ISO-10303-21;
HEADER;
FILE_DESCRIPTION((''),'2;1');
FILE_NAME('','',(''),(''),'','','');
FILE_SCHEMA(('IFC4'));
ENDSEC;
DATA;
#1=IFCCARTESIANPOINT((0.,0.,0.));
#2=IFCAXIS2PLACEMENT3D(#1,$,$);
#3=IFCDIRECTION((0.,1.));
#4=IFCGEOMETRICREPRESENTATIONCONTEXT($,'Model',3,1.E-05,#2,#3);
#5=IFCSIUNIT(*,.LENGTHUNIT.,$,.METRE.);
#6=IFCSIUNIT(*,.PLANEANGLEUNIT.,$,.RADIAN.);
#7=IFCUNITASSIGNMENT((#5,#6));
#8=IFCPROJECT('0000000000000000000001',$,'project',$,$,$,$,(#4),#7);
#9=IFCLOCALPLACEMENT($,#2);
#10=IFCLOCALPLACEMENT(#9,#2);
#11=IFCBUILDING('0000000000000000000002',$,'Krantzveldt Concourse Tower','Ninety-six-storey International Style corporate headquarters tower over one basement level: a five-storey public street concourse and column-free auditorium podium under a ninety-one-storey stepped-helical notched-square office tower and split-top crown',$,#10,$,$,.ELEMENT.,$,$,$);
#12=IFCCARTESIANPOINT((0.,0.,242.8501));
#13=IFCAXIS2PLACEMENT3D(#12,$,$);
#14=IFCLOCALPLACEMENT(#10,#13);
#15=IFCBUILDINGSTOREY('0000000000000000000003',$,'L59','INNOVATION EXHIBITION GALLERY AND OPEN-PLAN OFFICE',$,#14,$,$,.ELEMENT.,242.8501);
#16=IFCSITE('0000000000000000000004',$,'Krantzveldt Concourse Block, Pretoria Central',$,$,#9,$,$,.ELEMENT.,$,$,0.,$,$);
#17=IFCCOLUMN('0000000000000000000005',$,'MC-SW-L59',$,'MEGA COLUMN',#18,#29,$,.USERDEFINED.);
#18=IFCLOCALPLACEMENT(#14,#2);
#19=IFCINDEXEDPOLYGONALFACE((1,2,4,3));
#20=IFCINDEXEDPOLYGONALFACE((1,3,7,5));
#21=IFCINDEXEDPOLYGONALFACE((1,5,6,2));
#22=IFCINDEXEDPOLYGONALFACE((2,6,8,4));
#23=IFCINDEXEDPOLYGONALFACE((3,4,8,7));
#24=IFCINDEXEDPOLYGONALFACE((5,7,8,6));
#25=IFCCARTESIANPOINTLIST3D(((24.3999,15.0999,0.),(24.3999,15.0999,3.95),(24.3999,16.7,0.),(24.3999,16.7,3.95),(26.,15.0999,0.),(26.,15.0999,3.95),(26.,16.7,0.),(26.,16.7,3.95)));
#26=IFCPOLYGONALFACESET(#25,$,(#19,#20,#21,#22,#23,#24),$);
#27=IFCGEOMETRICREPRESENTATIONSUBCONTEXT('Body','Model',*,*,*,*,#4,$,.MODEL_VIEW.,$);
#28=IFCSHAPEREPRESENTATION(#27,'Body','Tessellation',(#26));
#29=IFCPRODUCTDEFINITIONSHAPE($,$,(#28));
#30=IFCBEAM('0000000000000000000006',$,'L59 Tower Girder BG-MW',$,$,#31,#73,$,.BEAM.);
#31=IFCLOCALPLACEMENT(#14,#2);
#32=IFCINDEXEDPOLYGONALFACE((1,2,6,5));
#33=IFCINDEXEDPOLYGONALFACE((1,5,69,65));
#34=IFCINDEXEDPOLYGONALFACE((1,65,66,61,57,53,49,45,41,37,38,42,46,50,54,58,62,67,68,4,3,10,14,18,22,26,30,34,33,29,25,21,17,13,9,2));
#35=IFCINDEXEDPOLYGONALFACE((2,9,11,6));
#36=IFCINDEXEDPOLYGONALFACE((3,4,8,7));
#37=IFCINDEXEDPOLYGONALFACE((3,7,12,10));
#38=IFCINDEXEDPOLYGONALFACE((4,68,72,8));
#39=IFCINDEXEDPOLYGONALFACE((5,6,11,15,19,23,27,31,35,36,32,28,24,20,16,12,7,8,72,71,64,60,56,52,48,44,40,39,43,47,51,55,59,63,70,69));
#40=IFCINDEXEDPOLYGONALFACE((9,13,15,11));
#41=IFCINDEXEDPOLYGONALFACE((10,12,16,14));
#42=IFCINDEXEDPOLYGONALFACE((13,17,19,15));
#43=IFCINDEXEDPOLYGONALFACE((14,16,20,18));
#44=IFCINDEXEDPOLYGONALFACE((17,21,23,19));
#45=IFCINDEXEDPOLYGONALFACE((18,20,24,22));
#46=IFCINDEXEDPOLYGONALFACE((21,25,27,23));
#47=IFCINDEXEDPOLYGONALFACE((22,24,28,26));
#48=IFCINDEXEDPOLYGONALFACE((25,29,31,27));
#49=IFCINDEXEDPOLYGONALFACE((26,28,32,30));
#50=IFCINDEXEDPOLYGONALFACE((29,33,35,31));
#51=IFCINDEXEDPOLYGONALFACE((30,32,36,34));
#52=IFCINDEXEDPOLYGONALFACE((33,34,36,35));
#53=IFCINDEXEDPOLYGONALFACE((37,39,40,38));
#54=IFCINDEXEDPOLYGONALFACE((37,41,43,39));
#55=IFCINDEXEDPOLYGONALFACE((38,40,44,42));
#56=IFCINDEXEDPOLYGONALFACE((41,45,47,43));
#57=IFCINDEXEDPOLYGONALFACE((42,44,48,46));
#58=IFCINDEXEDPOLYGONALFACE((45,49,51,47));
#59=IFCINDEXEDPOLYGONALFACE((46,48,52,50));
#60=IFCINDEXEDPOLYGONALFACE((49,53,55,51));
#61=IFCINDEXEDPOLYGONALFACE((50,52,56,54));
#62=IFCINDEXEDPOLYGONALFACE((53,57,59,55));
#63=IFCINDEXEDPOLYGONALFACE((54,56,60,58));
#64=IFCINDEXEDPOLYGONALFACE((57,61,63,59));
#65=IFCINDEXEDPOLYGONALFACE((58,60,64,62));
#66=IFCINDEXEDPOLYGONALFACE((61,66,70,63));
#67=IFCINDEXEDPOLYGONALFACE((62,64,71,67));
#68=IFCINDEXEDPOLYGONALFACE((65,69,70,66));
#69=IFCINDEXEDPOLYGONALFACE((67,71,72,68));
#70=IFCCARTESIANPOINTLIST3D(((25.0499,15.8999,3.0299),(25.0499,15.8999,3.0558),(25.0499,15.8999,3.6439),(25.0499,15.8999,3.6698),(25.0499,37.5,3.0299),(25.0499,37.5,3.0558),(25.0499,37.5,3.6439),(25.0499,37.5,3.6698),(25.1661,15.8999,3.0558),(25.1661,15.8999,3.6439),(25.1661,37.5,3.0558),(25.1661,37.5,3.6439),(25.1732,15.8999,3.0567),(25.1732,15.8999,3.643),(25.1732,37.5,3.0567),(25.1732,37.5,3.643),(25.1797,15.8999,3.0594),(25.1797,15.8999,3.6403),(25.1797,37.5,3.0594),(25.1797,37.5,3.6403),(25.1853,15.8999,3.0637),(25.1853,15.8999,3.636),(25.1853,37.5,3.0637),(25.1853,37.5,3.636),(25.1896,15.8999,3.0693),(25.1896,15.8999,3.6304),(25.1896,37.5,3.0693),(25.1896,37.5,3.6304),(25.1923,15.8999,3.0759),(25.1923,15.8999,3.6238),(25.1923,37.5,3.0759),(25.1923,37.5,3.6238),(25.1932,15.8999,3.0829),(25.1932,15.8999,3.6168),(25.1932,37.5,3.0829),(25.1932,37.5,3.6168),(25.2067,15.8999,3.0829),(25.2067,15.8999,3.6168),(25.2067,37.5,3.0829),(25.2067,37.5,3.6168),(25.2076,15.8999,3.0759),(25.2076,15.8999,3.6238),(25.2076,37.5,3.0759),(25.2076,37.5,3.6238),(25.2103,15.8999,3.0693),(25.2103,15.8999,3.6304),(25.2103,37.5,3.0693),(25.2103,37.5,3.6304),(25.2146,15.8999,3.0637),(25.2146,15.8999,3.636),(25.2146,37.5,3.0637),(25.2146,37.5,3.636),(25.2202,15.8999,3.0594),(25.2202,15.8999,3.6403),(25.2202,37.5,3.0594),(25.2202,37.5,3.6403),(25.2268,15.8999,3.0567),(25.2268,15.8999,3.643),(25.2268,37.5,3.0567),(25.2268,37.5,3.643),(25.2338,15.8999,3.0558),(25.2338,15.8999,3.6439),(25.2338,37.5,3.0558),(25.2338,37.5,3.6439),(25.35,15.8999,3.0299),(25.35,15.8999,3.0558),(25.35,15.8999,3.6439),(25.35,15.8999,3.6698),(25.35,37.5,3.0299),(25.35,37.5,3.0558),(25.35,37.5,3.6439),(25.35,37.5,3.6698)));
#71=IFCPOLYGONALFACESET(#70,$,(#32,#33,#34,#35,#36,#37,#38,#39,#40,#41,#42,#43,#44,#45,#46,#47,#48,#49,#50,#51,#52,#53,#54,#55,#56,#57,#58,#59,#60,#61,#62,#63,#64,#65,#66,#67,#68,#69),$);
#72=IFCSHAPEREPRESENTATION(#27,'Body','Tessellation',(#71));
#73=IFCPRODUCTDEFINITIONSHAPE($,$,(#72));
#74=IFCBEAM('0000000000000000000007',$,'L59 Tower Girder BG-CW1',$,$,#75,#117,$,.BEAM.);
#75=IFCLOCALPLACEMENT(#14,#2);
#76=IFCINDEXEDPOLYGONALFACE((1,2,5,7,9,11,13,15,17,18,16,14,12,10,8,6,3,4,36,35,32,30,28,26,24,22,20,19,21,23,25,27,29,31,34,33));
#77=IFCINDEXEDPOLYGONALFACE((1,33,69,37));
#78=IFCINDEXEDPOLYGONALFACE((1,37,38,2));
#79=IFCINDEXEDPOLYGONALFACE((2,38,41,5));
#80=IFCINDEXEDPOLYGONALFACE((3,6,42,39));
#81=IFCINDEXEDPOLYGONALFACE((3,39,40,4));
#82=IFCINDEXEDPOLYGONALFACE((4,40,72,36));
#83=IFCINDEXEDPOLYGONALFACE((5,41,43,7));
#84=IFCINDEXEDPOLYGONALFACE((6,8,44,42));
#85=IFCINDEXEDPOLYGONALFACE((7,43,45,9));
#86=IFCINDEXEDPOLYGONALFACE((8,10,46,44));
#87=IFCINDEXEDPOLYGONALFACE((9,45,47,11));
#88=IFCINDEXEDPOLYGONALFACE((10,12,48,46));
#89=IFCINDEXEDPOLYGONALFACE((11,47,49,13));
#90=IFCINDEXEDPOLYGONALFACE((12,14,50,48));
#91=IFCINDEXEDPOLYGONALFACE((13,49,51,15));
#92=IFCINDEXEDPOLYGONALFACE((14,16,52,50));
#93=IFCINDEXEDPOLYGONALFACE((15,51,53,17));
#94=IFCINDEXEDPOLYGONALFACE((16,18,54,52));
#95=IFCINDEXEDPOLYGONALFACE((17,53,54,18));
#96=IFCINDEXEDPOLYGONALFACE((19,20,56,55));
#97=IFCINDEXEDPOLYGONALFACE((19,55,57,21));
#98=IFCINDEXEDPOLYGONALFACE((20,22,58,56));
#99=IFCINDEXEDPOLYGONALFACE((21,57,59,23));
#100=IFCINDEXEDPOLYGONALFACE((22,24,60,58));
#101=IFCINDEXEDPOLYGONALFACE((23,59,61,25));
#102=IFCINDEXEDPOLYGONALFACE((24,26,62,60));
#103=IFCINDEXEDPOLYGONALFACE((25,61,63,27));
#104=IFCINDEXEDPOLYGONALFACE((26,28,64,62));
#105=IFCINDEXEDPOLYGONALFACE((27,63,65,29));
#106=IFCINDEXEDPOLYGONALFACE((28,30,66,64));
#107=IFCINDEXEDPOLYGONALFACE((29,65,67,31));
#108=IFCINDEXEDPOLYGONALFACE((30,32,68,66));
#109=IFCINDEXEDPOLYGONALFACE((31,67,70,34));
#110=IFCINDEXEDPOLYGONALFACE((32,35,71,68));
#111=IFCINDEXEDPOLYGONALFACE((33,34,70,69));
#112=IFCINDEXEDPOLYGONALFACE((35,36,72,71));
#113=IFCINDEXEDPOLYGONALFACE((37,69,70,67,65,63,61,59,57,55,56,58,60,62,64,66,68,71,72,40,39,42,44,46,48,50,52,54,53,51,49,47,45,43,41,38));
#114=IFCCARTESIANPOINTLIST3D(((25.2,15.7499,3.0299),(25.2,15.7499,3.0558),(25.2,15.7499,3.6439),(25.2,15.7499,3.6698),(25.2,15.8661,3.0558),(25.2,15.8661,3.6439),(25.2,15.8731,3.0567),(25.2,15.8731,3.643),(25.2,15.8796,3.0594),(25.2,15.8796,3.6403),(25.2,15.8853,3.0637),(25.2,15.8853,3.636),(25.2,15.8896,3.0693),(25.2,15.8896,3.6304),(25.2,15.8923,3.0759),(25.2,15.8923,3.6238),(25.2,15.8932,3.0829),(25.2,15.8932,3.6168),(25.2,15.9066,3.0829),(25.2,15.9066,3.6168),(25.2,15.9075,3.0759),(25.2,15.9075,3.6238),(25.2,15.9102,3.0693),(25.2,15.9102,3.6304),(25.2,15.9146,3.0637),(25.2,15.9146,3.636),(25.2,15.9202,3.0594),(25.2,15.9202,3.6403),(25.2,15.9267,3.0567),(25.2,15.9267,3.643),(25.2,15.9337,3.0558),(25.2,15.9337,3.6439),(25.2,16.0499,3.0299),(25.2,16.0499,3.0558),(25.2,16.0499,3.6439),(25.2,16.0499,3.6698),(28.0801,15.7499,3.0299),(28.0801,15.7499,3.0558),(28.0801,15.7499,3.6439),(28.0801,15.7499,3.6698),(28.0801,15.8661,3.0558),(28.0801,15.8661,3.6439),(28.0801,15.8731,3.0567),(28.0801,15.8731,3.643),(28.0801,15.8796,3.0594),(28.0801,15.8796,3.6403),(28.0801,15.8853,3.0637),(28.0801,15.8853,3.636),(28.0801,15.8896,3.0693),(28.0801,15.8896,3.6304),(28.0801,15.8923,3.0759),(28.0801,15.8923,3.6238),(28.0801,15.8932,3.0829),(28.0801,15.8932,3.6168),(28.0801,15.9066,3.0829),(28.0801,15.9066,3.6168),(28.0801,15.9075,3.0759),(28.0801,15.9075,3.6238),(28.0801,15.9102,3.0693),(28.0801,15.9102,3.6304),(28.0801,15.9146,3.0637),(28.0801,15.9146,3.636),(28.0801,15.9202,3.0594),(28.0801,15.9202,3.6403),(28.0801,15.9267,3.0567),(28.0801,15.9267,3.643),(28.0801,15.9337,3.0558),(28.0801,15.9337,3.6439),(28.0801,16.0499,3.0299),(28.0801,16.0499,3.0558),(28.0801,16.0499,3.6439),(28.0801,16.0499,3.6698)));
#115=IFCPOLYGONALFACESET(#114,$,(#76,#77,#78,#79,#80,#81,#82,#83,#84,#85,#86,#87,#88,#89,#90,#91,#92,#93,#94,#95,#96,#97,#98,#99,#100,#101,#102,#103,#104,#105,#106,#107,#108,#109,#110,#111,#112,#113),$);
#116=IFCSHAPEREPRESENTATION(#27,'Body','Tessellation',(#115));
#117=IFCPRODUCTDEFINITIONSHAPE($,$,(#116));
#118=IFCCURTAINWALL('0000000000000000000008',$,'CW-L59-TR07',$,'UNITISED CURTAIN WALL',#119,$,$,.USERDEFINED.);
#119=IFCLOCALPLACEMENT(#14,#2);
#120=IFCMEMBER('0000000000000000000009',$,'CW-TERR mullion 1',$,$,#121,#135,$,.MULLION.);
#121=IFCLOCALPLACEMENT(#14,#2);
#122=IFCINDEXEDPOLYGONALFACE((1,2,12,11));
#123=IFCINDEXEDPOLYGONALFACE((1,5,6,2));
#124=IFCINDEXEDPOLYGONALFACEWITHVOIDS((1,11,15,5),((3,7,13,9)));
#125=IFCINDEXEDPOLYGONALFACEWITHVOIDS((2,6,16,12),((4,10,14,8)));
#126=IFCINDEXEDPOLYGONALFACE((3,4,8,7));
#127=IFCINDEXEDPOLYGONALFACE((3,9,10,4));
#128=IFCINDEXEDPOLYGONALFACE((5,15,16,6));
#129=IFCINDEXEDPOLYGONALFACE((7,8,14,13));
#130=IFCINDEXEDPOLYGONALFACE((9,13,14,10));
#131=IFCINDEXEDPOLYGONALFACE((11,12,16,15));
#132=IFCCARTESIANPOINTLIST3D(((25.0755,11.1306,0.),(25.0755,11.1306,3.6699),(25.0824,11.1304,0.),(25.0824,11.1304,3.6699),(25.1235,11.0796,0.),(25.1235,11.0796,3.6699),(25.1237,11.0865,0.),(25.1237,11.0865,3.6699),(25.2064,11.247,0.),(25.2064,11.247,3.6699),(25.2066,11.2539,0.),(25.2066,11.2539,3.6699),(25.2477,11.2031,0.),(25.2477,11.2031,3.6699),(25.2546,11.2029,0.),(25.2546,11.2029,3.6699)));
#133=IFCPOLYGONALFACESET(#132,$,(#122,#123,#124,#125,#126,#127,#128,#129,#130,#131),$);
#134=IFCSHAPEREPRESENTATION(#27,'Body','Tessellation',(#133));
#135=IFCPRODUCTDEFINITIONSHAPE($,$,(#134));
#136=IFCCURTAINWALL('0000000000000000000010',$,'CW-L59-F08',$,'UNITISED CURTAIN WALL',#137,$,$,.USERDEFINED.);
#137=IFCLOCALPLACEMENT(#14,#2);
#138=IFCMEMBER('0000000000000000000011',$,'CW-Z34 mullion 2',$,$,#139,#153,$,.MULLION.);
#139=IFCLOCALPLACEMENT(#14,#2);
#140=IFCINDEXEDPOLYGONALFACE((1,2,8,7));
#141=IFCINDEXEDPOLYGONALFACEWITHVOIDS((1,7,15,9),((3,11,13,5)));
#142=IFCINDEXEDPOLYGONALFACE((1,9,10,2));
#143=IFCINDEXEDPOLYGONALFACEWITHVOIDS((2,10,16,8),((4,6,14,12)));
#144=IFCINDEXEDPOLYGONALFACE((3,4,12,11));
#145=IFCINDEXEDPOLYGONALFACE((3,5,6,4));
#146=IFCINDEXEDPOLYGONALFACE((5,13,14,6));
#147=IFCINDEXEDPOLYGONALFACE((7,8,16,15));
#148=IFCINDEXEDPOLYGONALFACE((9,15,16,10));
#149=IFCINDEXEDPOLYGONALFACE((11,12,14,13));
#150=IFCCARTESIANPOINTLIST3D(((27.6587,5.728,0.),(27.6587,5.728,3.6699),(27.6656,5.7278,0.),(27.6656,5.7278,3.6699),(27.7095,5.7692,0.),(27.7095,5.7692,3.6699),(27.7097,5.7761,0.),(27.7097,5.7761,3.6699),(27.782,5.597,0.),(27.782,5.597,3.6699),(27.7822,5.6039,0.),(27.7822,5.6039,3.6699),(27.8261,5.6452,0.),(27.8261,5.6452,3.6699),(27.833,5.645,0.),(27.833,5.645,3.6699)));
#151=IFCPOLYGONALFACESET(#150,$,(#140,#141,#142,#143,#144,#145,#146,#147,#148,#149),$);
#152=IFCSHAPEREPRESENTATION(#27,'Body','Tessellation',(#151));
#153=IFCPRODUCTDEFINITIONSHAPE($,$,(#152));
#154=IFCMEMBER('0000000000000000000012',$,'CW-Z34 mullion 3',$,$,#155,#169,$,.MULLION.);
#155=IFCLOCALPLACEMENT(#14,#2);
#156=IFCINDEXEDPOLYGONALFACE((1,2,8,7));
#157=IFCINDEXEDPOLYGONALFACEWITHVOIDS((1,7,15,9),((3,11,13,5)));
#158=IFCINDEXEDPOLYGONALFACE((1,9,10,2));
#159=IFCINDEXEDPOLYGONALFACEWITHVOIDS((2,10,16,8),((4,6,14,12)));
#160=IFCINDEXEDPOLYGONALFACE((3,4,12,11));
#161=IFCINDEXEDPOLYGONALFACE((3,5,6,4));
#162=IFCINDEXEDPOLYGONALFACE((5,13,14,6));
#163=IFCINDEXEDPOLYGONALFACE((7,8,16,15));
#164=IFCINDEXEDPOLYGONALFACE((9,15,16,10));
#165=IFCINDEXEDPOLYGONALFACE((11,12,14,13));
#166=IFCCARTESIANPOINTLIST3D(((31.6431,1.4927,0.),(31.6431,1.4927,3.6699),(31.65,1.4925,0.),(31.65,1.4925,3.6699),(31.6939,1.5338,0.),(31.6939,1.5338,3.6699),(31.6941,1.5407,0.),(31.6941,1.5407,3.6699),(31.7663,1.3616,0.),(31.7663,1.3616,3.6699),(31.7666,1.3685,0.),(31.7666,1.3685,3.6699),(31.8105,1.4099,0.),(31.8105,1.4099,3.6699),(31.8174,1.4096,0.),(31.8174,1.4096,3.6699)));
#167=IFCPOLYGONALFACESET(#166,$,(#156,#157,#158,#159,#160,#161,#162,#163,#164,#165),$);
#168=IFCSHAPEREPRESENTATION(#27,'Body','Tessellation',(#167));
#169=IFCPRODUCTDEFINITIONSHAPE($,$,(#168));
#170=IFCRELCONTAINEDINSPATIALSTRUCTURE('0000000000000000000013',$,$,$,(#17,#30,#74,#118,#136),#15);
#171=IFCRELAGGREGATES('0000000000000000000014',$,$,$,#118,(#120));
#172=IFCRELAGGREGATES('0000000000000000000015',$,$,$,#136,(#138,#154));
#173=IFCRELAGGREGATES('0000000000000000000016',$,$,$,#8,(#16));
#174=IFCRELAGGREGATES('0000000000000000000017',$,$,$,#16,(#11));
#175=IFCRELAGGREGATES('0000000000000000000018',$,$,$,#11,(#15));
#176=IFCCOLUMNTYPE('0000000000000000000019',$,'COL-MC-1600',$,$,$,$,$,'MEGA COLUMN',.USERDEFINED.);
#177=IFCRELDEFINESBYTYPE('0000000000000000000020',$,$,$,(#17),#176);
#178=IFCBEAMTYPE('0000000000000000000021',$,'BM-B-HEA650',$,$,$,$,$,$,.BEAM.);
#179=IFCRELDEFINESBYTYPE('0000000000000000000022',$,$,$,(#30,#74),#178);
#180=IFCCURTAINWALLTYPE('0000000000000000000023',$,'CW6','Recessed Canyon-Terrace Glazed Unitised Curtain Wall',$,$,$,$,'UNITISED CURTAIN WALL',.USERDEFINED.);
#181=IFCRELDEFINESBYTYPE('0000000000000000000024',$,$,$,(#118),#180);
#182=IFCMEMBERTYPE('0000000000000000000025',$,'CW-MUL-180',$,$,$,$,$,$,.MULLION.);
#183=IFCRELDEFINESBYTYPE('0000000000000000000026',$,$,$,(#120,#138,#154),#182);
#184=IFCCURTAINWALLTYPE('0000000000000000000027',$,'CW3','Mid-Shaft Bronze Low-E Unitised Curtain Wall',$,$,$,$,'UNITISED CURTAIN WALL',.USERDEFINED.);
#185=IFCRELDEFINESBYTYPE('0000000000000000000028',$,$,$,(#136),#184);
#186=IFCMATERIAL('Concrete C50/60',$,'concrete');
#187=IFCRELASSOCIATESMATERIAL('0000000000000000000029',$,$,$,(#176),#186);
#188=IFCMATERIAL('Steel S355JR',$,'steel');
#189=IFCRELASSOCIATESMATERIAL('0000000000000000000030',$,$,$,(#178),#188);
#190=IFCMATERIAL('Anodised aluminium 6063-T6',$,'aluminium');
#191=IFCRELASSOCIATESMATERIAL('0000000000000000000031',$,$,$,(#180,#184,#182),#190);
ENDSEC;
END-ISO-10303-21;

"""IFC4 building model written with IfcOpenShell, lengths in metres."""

from ifc_helpers import new_model, si_unit, direction, frame, origin, origin_2d, place, context, subcontext, project, spatial, rectangle, hollow_rectangle, i_section, extrude, source, transform, mapped, material, material_profile, profile_set, type_object, type_shapes, element, aggregate, save


model = new_model("IFC4")

# Units and contexts
model_context = context("Model", 3, precision=1e-05, world=origin(), true_north=direction((0.0, 1.0)))
body_context = subcontext(model_context, "Body", "Model", "MODEL_VIEW")
ifc_project = project(units=[si_unit("LENGTHUNIT", "METRE"), si_unit("PLANEANGLEUNIT", "RADIAN")], contexts=[model_context])

# Site, building, storey
site_placement = place(None, origin())
site = spatial("IfcSite", under=ifc_project, at=site_placement, Name="Krantzveldt Concourse Block, Pretoria Central", CompositionType="ELEMENT", RefElevation=0.0)
building_placement = place(site_placement, origin())
building = spatial("IfcBuilding", under=site, at=building_placement, Name="Krantzveldt Concourse Tower", Description="Ninety-six-storey International Style corporate headquarters tower over one basement level: a five-storey public street concourse and column-free auditorium podium under a ninety-one-storey stepped-helical notched-square office tower and split-top crown", CompositionType="ELEMENT")
storey_placement = place(building_placement, frame((0.0, 0.0, 242.8501)))
storey = spatial("IfcBuildingStorey", under=building, at=storey_placement, Name="L59", Description="INNOVATION EXHIBITION GALLERY AND OPEN-PLAN OFFICE", CompositionType="ELEMENT", Elevation=242.8501)

# Column
ifc_material_1 = material(Name="Concrete C50/60", Category="concrete")
ifc_material_profile_1 = material_profile(ifc_material_1, rectangle(XDim=1.6001, YDim=1.6001, at=origin_2d()), Name="Concrete C50/60", Category="concrete")
ifc_profile_set_1 = profile_set([ifc_material_profile_1], Name="Concrete C50/60 - RC 1600x1600")
column_type = type_object("IfcColumnType", Name="COL-MC-1600", ElementType="MEGA COLUMN", PredefinedType="USERDEFINED", material=ifc_profile_set_1)
shared_shape_1 = source(origin(), body_context, "Body", "SweptSolid", [
    extrude(rectangle(XDim=1.6001, YDim=1.6001, at=origin_2d()), origin(), (0.0, 0.0, 1.0), 3.95),
])
type_shapes(column_type, [shared_shape_1])
column_placement = place(storey_placement, frame((25.2, 15.8999, 0.0), z_axis=(0.0, 0.0, 1.0), x_axis=(1.0, 0.0, 0.0)))
element("IfcColumn", 1, at=column_placement, inside=storey, type_object=column_type, Name="MC-SW-L59", ObjectType="MEGA COLUMN", PredefinedType="USERDEFINED", context=body_context, shape_type="MappedRepresentation", body=[
    mapped(shared_shape_1, transform((0.0, 0.0, 0.0), x_axis=(1.0, 0.0, 0.0), y_axis=(0.0, 1.0, 0.0), z_axis=(0.0, 0.0, 1.0), scale=1.0)),
])

# Beams
ifc_material_2 = material(Name="Steel S355JR", Category="steel")
ifc_material_profile_2 = material_profile(ifc_material_2, i_section(OverallWidth=0.3, OverallDepth=0.6399, WebThickness=0.0134, FlangeThickness=0.0259, FilletRadius=0.0271, at=origin_2d()), Name="Steel S355JR", Category="steel")
ifc_profile_set_2 = profile_set([ifc_material_profile_2], Name="Steel S355JR - HEA 650")
beam_type = type_object("IfcBeamType", Name="BM-B-HEA650", PredefinedType="BEAM", material=ifc_profile_set_2)
shared_shape_2 = source(origin(), body_context, "Body", "SweptSolid", [
    extrude(i_section(OverallWidth=0.3, OverallDepth=0.6399, WebThickness=0.0134, FlangeThickness=0.0259, FilletRadius=0.0271, at=origin_2d()), origin(), (0.0, 0.0, 1.0), 21.6001),
])
beam_1_placement = place(storey_placement, frame((25.2, 15.8999, 3.3499), z_axis=(0.0, 1.0, 0.0), x_axis=(-1.0, 0.0, 0.0)))
element("IfcBeam", 2, at=beam_1_placement, inside=storey, type_object=beam_type, Name="L59 Tower Girder BG-MW", PredefinedType="BEAM", context=body_context, shape_type="MappedRepresentation", body=[
    mapped(shared_shape_2, transform((0.0, 0.0, 0.0), x_axis=(1.0, 0.0, 0.0), y_axis=(0.0, 1.0, 0.0), z_axis=(0.0, 0.0, 1.0), scale=1.0)),
])
shared_shape_3 = source(origin(), body_context, "Body", "SweptSolid", [
    extrude(i_section(OverallWidth=0.3, OverallDepth=0.6399, WebThickness=0.0134, FlangeThickness=0.0259, FilletRadius=0.0271, at=origin_2d()), origin(), (0.0, 0.0, 1.0), 2.8801),
])
type_shapes(beam_type, [shared_shape_2, shared_shape_3])
beam_2_placement = place(storey_placement, frame((25.2, 15.8999, 3.3499), z_axis=(1.0, 0.0, 0.0), x_axis=(0.0, 1.0, 0.0)))
element("IfcBeam", 3, at=beam_2_placement, inside=storey, type_object=beam_type, Name="L59 Tower Girder BG-CW1", PredefinedType="BEAM", context=body_context, shape_type="MappedRepresentation", body=[
    mapped(shared_shape_3, transform((0.0, 0.0, 0.0), x_axis=(1.0, 0.0, 0.0), y_axis=(0.0, 1.0, 0.0), z_axis=(0.0, 0.0, 1.0), scale=1.0)),
])

# Curtain wall, member
ifc_material_3 = material(Name="Anodised aluminium 6063-T6", Category="aluminium")
curtain_wall_type_1 = type_object("IfcCurtainWallType", Name="CW6", Description="Recessed Canyon-Terrace Glazed Unitised Curtain Wall", ElementType="UNITISED CURTAIN WALL", PredefinedType="USERDEFINED", material=ifc_material_3)
curtain_wall_1_placement = place(storey_placement, origin())
curtain_wall_1 = element("IfcCurtainWall", 4, at=curtain_wall_1_placement, inside=storey, type_object=curtain_wall_type_1, Name="CW-L59-TR07", ObjectType="UNITISED CURTAIN WALL", PredefinedType="USERDEFINED")
ifc_material_profile_3 = material_profile(ifc_material_3, hollow_rectangle(XDim=0.0701, YDim=0.1799, WallThickness=0.0049, at=origin_2d()), Name="Anodised aluminium 6063-T6", Category="aluminium")
ifc_profile_set_3 = profile_set([ifc_material_profile_3], Name="Anodised aluminium 6063-T6 - ALU-MULL 180x70x5")
member_type_1 = type_object("IfcMemberType", Name="CW-MUL-180", PredefinedType="MULLION", material=ifc_profile_set_3)
shared_shape_4 = source(origin(), body_context, "Body", "SweptSolid", [
    extrude(hollow_rectangle(XDim=0.0701, YDim=0.1799, WallThickness=0.0049, at=origin_2d()), origin(), (0.0, 0.0, 1.0), 3.6699),
])
type_shapes(member_type_1, [shared_shape_4])
member_1_placement = place(storey_placement, frame((25.165, 11.1667, 0.0), z_axis=(0.0, 0.0, 1.0), x_axis=(0.685182, -0.728372, 0.0)))
member_1 = element("IfcMember", 5, at=member_1_placement, type_object=member_type_1, Name="CW-TERR mullion 1", PredefinedType="MULLION", context=body_context, shape_type="MappedRepresentation", body=[
    mapped(shared_shape_4, transform((0.0, 0.0, 0.0), x_axis=(1.0, 0.0, 0.0), y_axis=(0.0, 1.0, 0.0), z_axis=(0.0, 0.0, 1.0), scale=1.0)),
])
aggregate(curtain_wall_1, [member_1])

# Curtain wall, members
curtain_wall_type_2 = type_object("IfcCurtainWallType", Name="CW3", Description="Mid-Shaft Bronze Low-E Unitised Curtain Wall", ElementType="UNITISED CURTAIN WALL", PredefinedType="USERDEFINED", material=ifc_material_3)
curtain_wall_2_placement = place(storey_placement, origin())
curtain_wall_2 = element("IfcCurtainWall", 6, at=curtain_wall_2_placement, inside=storey, type_object=curtain_wall_type_2, Name="CW-L59-F08", ObjectType="UNITISED CURTAIN WALL", PredefinedType="USERDEFINED")
member_2_placement = place(storey_placement, frame((27.7458, 5.6865, 0.0), z_axis=(0.0, 0.0, 1.0), x_axis=(0.728371, 0.685183, 0.0)))
member_2 = element("IfcMember", 7, at=member_2_placement, type_object=member_type_1, Name="CW-Z34 mullion 2", PredefinedType="MULLION", context=body_context, shape_type="MappedRepresentation", body=[
    mapped(shared_shape_4, transform((0.0, 0.0, 0.0), x_axis=(1.0, 0.0, 0.0), y_axis=(0.0, 1.0, 0.0), z_axis=(0.0, 0.0, 1.0), scale=1.0)),
])
member_3_placement = place(storey_placement, frame((31.7302, 1.4512, 0.0), z_axis=(0.0, 0.0, 1.0), x_axis=(0.728371, 0.685183, 0.0)))
member_3 = element("IfcMember", 8, at=member_3_placement, type_object=member_type_1, Name="CW-Z34 mullion 3", PredefinedType="MULLION", context=body_context, shape_type="MappedRepresentation", body=[
    mapped(shared_shape_4, transform((0.0, 0.0, 0.0), x_axis=(1.0, 0.0, 0.0), y_axis=(0.0, 1.0, 0.0), z_axis=(0.0, 0.0, 1.0), scale=1.0)),
])
aggregate(curtain_wall_2, [member_2, member_3])

save(model, "model.ifc")
